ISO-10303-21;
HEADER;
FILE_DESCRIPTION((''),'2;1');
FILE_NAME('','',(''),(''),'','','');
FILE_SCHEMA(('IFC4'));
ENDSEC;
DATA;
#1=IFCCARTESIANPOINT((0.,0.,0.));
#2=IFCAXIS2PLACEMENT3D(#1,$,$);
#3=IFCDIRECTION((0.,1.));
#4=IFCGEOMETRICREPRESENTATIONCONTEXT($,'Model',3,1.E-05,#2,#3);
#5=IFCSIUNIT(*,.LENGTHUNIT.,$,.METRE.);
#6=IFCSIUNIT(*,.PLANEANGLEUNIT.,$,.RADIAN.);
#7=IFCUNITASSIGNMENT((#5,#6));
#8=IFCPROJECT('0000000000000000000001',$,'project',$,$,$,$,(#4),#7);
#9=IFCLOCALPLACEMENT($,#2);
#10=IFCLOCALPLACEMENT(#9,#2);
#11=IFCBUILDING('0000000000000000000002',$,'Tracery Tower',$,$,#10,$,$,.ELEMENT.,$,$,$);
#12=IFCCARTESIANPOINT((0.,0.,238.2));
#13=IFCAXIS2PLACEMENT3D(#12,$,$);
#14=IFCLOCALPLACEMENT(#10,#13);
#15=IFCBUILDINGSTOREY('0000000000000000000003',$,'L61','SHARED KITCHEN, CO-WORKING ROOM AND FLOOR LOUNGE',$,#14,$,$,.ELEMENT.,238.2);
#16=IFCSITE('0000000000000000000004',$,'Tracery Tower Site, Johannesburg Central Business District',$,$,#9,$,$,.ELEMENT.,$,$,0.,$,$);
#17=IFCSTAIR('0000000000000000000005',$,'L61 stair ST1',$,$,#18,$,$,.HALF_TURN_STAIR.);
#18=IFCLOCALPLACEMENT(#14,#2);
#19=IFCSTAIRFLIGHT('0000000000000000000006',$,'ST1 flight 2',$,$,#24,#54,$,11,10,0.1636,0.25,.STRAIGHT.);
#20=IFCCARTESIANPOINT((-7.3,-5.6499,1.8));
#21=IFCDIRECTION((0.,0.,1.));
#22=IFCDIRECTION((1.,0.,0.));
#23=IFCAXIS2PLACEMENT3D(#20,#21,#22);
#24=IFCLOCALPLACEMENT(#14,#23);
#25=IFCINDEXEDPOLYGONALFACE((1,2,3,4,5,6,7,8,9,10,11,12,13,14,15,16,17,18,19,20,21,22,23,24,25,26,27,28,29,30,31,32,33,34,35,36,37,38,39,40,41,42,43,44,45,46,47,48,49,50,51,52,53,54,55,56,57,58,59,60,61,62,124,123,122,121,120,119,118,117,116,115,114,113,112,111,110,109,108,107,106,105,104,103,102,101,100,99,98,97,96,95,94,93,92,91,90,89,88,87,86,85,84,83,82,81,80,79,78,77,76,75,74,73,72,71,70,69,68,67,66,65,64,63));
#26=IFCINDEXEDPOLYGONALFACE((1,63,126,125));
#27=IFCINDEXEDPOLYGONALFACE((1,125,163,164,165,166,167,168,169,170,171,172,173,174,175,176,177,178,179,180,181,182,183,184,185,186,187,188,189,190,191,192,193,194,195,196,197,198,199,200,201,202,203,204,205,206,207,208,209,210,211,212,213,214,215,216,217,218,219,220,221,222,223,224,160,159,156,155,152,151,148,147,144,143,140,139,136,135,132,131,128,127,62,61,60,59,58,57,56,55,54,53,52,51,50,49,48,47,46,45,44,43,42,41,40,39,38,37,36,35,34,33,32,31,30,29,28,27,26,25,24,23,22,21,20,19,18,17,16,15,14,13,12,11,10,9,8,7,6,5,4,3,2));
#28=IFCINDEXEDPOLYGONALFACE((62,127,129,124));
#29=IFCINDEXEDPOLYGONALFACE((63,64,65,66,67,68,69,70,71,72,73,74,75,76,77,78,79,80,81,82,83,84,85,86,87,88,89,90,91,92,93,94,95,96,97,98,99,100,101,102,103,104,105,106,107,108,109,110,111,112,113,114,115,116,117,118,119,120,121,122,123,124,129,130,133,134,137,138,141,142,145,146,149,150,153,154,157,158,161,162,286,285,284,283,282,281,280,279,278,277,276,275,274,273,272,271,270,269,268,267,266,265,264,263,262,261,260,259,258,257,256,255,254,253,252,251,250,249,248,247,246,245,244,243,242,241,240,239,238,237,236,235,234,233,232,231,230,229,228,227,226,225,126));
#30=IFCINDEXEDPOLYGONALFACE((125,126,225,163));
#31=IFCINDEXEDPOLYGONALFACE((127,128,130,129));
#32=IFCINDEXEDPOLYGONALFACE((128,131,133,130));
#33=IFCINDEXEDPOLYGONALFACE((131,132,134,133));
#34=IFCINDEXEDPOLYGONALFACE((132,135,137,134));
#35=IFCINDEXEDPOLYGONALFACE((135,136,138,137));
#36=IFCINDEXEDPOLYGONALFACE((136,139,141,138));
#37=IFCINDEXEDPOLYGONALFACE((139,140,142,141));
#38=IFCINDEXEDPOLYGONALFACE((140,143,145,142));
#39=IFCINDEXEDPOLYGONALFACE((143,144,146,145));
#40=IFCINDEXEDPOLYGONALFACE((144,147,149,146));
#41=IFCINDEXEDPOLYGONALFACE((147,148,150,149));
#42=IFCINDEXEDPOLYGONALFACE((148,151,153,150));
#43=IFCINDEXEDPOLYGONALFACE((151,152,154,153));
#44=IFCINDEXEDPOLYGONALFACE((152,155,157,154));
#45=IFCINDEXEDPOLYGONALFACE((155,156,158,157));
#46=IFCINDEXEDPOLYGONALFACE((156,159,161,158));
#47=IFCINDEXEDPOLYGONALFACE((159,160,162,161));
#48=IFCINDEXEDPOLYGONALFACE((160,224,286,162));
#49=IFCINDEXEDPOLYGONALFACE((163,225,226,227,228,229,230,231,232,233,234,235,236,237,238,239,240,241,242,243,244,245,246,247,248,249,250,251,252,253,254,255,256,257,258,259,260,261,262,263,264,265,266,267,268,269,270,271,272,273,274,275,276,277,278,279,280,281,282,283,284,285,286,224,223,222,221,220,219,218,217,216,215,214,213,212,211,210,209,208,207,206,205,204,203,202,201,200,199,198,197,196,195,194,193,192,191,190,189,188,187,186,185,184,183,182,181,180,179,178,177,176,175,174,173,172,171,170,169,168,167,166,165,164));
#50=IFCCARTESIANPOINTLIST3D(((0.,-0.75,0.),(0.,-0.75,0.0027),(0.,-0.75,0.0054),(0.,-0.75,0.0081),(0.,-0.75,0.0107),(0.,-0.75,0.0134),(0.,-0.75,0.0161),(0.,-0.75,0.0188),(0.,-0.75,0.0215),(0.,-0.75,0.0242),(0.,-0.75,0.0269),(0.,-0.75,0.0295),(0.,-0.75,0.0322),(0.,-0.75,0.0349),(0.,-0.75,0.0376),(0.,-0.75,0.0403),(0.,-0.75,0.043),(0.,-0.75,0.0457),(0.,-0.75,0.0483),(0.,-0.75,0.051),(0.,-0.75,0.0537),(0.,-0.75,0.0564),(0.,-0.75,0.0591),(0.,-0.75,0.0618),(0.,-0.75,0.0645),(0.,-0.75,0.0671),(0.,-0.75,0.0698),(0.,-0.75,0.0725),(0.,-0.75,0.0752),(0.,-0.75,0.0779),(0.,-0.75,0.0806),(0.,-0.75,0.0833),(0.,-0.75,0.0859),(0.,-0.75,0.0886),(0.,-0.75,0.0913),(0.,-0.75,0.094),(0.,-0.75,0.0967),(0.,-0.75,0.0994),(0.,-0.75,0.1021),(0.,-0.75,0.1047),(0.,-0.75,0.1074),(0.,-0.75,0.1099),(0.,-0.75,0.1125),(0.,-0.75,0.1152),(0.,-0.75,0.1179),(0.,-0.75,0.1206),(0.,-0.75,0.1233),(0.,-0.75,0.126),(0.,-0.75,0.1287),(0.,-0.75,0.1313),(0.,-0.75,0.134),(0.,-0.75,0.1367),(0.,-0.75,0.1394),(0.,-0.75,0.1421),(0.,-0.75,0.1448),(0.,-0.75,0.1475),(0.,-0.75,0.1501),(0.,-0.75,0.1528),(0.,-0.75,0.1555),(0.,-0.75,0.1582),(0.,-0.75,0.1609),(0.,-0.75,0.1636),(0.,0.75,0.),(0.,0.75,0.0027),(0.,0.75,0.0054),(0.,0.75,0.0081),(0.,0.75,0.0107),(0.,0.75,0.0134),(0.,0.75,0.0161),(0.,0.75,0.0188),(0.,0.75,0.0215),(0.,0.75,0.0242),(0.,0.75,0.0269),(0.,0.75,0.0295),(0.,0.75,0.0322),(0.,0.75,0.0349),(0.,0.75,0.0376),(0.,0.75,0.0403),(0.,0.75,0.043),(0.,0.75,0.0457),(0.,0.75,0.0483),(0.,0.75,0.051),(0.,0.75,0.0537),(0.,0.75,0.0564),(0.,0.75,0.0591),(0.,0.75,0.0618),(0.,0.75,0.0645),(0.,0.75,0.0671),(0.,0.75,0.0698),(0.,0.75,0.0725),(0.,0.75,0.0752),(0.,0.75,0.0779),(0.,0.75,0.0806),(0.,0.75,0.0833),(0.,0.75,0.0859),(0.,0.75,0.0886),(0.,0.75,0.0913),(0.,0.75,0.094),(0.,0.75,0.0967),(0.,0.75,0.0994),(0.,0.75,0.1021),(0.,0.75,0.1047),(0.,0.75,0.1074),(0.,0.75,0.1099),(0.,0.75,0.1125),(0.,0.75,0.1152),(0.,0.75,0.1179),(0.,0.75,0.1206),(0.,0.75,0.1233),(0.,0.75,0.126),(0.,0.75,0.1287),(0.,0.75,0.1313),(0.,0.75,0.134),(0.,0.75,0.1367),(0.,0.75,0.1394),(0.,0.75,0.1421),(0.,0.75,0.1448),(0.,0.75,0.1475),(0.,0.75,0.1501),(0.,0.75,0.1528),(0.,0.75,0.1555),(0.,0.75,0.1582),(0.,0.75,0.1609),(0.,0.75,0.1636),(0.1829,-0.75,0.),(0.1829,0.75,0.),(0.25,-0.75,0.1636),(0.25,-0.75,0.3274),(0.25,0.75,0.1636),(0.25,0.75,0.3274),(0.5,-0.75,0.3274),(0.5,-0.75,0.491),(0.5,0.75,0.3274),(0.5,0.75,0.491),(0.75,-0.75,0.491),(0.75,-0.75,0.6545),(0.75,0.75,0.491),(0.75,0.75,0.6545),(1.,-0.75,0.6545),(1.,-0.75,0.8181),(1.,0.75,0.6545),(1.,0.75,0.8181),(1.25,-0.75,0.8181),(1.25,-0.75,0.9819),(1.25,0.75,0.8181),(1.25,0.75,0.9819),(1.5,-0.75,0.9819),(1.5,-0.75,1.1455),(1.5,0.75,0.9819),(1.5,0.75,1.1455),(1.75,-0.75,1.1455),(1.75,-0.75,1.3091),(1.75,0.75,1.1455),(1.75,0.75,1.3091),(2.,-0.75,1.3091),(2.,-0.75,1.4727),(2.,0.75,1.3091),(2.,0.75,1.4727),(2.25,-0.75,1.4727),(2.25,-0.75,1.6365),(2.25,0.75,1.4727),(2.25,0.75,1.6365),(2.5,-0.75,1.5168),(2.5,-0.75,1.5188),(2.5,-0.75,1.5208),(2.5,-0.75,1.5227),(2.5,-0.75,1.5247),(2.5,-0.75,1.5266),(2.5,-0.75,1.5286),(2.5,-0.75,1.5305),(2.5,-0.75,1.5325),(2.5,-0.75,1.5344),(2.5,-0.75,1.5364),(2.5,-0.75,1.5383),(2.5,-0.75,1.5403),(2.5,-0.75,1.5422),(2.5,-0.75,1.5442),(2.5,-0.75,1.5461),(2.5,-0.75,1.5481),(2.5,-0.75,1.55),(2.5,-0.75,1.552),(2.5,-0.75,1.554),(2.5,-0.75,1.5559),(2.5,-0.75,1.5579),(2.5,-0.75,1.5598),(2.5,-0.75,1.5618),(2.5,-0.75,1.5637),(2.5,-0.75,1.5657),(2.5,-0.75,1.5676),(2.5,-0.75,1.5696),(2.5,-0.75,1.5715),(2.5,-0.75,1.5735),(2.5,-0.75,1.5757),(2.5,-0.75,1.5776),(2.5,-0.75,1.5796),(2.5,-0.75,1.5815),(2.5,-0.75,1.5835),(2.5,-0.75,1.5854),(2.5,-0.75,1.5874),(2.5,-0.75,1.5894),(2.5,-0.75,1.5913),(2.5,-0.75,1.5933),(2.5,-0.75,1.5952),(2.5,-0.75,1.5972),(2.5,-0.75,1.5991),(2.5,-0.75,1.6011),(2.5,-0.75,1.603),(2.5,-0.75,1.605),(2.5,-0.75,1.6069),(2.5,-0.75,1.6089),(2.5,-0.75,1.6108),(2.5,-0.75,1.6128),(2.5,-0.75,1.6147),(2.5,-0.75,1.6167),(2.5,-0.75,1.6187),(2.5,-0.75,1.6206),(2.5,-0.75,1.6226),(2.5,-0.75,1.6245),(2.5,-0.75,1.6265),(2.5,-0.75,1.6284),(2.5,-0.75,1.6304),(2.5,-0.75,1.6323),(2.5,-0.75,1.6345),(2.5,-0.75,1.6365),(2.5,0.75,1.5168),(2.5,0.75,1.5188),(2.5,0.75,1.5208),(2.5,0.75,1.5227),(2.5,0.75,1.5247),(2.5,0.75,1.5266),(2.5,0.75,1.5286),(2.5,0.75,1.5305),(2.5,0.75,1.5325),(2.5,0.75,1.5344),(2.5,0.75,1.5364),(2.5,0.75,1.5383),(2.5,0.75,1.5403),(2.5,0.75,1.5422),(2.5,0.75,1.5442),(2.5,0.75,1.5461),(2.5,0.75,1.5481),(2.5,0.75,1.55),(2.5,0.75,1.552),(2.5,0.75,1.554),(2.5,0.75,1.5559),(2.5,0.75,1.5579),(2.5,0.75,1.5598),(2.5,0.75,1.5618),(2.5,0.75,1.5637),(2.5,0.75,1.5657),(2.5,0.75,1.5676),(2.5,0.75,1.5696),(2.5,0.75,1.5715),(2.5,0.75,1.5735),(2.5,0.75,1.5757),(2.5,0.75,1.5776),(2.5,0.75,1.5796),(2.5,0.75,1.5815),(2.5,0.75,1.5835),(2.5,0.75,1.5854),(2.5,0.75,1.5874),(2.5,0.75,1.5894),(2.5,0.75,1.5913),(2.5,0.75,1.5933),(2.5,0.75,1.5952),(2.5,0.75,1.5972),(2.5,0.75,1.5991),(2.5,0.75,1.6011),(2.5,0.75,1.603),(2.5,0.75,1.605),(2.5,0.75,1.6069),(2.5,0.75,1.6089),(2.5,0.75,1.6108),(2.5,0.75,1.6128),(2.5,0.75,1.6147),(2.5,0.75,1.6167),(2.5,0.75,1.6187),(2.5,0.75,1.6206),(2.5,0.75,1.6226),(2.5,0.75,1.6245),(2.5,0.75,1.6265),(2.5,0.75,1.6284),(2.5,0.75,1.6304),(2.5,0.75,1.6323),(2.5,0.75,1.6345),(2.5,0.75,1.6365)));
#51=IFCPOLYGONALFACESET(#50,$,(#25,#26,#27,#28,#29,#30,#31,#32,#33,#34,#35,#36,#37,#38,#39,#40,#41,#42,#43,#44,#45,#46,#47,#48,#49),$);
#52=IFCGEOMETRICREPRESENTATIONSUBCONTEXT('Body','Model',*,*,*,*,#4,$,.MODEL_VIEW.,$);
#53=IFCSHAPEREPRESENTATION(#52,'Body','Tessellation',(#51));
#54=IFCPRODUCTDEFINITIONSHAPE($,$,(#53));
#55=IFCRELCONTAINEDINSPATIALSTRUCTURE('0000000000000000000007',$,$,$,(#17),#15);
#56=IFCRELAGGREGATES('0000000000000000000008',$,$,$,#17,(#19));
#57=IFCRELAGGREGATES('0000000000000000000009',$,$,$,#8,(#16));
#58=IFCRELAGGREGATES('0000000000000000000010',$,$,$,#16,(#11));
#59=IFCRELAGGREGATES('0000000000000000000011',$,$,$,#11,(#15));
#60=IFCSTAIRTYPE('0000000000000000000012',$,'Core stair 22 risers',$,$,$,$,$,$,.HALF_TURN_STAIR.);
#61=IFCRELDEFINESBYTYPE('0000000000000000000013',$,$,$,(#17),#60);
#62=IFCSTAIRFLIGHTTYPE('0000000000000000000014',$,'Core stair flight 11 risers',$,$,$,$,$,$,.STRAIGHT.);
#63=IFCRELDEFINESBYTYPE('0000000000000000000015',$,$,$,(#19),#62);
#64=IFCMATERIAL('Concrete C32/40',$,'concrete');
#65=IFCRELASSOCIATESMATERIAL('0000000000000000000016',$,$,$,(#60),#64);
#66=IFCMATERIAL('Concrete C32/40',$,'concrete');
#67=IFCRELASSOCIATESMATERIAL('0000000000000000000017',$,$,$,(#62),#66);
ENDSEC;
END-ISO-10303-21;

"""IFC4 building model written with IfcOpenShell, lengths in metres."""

from ifc_helpers import new_model, si_unit, direction, frame, origin, place, context, subcontext, project, spatial, polyline, outline, extrude, material, type_object, element, aggregate, save


model = new_model("IFC4")

# Units and contexts
model_context = context("Model", 3, precision=1e-05, world=origin(), true_north=direction((0.0, 1.0)))
body_context = subcontext(model_context, "Body", "Model", "MODEL_VIEW")
ifc_project = project(units=[si_unit("LENGTHUNIT", "METRE"), si_unit("PLANEANGLEUNIT", "RADIAN")], contexts=[model_context])

# Site, building, storey
site_placement = place(None, origin())
site = spatial("IfcSite", under=ifc_project, at=site_placement, Name="Tracery Tower Site, Johannesburg Central Business District", CompositionType="ELEMENT", RefElevation=0.0)
building_placement = place(site_placement, origin())
building = spatial("IfcBuilding", under=site, at=building_placement, Name="Tracery Tower", CompositionType="ELEMENT")
storey_placement = place(building_placement, frame((0.0, 0.0, 238.2)))
storey = spatial("IfcBuildingStorey", under=building, at=storey_placement, Name="L61", Description="SHARED KITCHEN, CO-WORKING ROOM AND FLOOR LOUNGE", CompositionType="ELEMENT", Elevation=238.2)

# Stair, stair flight
ifc_material_1 = material(Name="Concrete C32/40", Category="concrete")
stair_type = type_object("IfcStairType", Name="Core stair 22 risers", PredefinedType="HALF_TURN_STAIR", material=ifc_material_1)
stair_placement = place(storey_placement, origin())
stair = element("IfcStair", 1, at=stair_placement, inside=storey, type_object=stair_type, Name="L61 stair ST1", PredefinedType="HALF_TURN_STAIR")
ifc_material_2 = material(Name="Concrete C32/40", Category="concrete")
stair_flight_type = type_object("IfcStairFlightType", Name="Core stair flight 11 risers", PredefinedType="STRAIGHT", material=ifc_material_2)
stair_flight_1_placement = place(storey_placement, frame((-7.3, -5.6499, 1.8), z_axis=(0.0, 0.0, 1.0), x_axis=(1.0, 0.0, 0.0)))
stair_flight_1 = element("IfcStairFlight", 2, at=stair_flight_1_placement, type_object=stair_flight_type, Name="ST1 flight 2", NumberOfRisers=11, NumberOfTreads=10, PredefinedType="STRAIGHT", RiserHeight=0.1636, TreadLength=0.25, context=body_context, shape_type="SweptSolid", body=[
    extrude(outline(polyline([(0.0, 0.0), (0.0, 0.0027), (0.0, 0.0054), (0.0, 0.0081), (0.0, 0.0107), (0.0, 0.0134), (0.0, 0.0161), (0.0, 0.0188), (0.0, 0.0215), (0.0, 0.0242), (0.0, 0.0269), (0.0, 0.0295), (0.0, 0.0322), (0.0, 0.0349), (0.0, 0.0376), (0.0, 0.0403), (0.0, 0.043), (0.0, 0.0457), (0.0, 0.0483), (0.0, 0.051), (0.0, 0.0537), (0.0, 0.0564), (0.0, 0.0591), (0.0, 0.0618), (0.0, 0.0645), (0.0, 0.0671), (0.0, 0.0698), (0.0, 0.0725), (0.0, 0.0752), (0.0, 0.0779), (0.0, 0.0806), (0.0, 0.0833), (0.0, 0.0859), (0.0, 0.0886), (0.0, 0.0913), (0.0, 0.094), (0.0, 0.0967), (0.0, 0.0994), (0.0, 0.1021), (0.0, 0.1047), (0.0, 0.1074), (0.0, 0.1099), (0.0, 0.1125), (0.0, 0.1152), (0.0, 0.1179), (0.0, 0.1206), (0.0, 0.1233), (0.0, 0.126), (0.0, 0.1287), (0.0, 0.1313), (0.0, 0.134), (0.0, 0.1367), (0.0, 0.1394), (0.0, 0.1421), (0.0, 0.1448), (0.0, 0.1475), (0.0, 0.1501), (0.0, 0.1528), (0.0, 0.1555), (0.0, 0.1582), (0.0, 0.1609), (0.0, 0.1636), (0.25, 0.1636), (0.25, 0.3274), (0.5, 0.3274), (0.5, 0.491), (0.75, 0.491), (0.75, 0.6545), (1.0, 0.6545), (1.0, 0.8181), (1.25, 0.8181), (1.25, 0.9819), (1.5, 0.9819), (1.5, 1.1455), (1.75, 1.1455), (1.75, 1.3091), (2.0, 1.3091), (2.0, 1.4727), (2.25, 1.4727), (2.25, 1.6365), (2.5, 1.6365), (2.5, 1.6345), (2.5, 1.6323), (2.5, 1.6304), (2.5, 1.6284), (2.5, 1.6265), (2.5, 1.6245), (2.5, 1.6226), (2.5, 1.6206), (2.5, 1.6187), (2.5, 1.6167), (2.5, 1.6147), (2.5, 1.6128), (2.5, 1.6108), (2.5, 1.6089), (2.5, 1.6069), (2.5, 1.605), (2.5, 1.603), (2.5, 1.6011), (2.5, 1.5991), (2.5, 1.5972), (2.5, 1.5952), (2.5, 1.5933), (2.5, 1.5913), (2.5, 1.5894), (2.5, 1.5874), (2.5, 1.5854), (2.5, 1.5835), (2.5, 1.5815), (2.5, 1.5796), (2.5, 1.5776), (2.5, 1.5757), (2.5, 1.5735), (2.5, 1.5715), (2.5, 1.5696), (2.5, 1.5676), (2.5, 1.5657), (2.5, 1.5637), (2.5, 1.5618), (2.5, 1.5598), (2.5, 1.5579), (2.5, 1.5559), (2.5, 1.554), (2.5, 1.552), (2.5, 1.55), (2.5, 1.5481), (2.5, 1.5461), (2.5, 1.5442), (2.5, 1.5422), (2.5, 1.5403), (2.5, 1.5383), (2.5, 1.5364), (2.5, 1.5344), (2.5, 1.5325), (2.5, 1.5305), (2.5, 1.5286), (2.5, 1.5266), (2.5, 1.5247), (2.5, 1.5227), (2.5, 1.5208), (2.5, 1.5188), (2.5, 1.5168), (0.1829, 0.0), (0.0, 0.0)])), frame((0.0, 0.75, 0.0), z_axis=(0.0, -1.0, 0.0), x_axis=(1.0, 0.0, 0.0)), (0.0, 0.0, 1.0), 1.5),
])
aggregate(stair, [stair_flight_1])

save(model, "model.ifc")
